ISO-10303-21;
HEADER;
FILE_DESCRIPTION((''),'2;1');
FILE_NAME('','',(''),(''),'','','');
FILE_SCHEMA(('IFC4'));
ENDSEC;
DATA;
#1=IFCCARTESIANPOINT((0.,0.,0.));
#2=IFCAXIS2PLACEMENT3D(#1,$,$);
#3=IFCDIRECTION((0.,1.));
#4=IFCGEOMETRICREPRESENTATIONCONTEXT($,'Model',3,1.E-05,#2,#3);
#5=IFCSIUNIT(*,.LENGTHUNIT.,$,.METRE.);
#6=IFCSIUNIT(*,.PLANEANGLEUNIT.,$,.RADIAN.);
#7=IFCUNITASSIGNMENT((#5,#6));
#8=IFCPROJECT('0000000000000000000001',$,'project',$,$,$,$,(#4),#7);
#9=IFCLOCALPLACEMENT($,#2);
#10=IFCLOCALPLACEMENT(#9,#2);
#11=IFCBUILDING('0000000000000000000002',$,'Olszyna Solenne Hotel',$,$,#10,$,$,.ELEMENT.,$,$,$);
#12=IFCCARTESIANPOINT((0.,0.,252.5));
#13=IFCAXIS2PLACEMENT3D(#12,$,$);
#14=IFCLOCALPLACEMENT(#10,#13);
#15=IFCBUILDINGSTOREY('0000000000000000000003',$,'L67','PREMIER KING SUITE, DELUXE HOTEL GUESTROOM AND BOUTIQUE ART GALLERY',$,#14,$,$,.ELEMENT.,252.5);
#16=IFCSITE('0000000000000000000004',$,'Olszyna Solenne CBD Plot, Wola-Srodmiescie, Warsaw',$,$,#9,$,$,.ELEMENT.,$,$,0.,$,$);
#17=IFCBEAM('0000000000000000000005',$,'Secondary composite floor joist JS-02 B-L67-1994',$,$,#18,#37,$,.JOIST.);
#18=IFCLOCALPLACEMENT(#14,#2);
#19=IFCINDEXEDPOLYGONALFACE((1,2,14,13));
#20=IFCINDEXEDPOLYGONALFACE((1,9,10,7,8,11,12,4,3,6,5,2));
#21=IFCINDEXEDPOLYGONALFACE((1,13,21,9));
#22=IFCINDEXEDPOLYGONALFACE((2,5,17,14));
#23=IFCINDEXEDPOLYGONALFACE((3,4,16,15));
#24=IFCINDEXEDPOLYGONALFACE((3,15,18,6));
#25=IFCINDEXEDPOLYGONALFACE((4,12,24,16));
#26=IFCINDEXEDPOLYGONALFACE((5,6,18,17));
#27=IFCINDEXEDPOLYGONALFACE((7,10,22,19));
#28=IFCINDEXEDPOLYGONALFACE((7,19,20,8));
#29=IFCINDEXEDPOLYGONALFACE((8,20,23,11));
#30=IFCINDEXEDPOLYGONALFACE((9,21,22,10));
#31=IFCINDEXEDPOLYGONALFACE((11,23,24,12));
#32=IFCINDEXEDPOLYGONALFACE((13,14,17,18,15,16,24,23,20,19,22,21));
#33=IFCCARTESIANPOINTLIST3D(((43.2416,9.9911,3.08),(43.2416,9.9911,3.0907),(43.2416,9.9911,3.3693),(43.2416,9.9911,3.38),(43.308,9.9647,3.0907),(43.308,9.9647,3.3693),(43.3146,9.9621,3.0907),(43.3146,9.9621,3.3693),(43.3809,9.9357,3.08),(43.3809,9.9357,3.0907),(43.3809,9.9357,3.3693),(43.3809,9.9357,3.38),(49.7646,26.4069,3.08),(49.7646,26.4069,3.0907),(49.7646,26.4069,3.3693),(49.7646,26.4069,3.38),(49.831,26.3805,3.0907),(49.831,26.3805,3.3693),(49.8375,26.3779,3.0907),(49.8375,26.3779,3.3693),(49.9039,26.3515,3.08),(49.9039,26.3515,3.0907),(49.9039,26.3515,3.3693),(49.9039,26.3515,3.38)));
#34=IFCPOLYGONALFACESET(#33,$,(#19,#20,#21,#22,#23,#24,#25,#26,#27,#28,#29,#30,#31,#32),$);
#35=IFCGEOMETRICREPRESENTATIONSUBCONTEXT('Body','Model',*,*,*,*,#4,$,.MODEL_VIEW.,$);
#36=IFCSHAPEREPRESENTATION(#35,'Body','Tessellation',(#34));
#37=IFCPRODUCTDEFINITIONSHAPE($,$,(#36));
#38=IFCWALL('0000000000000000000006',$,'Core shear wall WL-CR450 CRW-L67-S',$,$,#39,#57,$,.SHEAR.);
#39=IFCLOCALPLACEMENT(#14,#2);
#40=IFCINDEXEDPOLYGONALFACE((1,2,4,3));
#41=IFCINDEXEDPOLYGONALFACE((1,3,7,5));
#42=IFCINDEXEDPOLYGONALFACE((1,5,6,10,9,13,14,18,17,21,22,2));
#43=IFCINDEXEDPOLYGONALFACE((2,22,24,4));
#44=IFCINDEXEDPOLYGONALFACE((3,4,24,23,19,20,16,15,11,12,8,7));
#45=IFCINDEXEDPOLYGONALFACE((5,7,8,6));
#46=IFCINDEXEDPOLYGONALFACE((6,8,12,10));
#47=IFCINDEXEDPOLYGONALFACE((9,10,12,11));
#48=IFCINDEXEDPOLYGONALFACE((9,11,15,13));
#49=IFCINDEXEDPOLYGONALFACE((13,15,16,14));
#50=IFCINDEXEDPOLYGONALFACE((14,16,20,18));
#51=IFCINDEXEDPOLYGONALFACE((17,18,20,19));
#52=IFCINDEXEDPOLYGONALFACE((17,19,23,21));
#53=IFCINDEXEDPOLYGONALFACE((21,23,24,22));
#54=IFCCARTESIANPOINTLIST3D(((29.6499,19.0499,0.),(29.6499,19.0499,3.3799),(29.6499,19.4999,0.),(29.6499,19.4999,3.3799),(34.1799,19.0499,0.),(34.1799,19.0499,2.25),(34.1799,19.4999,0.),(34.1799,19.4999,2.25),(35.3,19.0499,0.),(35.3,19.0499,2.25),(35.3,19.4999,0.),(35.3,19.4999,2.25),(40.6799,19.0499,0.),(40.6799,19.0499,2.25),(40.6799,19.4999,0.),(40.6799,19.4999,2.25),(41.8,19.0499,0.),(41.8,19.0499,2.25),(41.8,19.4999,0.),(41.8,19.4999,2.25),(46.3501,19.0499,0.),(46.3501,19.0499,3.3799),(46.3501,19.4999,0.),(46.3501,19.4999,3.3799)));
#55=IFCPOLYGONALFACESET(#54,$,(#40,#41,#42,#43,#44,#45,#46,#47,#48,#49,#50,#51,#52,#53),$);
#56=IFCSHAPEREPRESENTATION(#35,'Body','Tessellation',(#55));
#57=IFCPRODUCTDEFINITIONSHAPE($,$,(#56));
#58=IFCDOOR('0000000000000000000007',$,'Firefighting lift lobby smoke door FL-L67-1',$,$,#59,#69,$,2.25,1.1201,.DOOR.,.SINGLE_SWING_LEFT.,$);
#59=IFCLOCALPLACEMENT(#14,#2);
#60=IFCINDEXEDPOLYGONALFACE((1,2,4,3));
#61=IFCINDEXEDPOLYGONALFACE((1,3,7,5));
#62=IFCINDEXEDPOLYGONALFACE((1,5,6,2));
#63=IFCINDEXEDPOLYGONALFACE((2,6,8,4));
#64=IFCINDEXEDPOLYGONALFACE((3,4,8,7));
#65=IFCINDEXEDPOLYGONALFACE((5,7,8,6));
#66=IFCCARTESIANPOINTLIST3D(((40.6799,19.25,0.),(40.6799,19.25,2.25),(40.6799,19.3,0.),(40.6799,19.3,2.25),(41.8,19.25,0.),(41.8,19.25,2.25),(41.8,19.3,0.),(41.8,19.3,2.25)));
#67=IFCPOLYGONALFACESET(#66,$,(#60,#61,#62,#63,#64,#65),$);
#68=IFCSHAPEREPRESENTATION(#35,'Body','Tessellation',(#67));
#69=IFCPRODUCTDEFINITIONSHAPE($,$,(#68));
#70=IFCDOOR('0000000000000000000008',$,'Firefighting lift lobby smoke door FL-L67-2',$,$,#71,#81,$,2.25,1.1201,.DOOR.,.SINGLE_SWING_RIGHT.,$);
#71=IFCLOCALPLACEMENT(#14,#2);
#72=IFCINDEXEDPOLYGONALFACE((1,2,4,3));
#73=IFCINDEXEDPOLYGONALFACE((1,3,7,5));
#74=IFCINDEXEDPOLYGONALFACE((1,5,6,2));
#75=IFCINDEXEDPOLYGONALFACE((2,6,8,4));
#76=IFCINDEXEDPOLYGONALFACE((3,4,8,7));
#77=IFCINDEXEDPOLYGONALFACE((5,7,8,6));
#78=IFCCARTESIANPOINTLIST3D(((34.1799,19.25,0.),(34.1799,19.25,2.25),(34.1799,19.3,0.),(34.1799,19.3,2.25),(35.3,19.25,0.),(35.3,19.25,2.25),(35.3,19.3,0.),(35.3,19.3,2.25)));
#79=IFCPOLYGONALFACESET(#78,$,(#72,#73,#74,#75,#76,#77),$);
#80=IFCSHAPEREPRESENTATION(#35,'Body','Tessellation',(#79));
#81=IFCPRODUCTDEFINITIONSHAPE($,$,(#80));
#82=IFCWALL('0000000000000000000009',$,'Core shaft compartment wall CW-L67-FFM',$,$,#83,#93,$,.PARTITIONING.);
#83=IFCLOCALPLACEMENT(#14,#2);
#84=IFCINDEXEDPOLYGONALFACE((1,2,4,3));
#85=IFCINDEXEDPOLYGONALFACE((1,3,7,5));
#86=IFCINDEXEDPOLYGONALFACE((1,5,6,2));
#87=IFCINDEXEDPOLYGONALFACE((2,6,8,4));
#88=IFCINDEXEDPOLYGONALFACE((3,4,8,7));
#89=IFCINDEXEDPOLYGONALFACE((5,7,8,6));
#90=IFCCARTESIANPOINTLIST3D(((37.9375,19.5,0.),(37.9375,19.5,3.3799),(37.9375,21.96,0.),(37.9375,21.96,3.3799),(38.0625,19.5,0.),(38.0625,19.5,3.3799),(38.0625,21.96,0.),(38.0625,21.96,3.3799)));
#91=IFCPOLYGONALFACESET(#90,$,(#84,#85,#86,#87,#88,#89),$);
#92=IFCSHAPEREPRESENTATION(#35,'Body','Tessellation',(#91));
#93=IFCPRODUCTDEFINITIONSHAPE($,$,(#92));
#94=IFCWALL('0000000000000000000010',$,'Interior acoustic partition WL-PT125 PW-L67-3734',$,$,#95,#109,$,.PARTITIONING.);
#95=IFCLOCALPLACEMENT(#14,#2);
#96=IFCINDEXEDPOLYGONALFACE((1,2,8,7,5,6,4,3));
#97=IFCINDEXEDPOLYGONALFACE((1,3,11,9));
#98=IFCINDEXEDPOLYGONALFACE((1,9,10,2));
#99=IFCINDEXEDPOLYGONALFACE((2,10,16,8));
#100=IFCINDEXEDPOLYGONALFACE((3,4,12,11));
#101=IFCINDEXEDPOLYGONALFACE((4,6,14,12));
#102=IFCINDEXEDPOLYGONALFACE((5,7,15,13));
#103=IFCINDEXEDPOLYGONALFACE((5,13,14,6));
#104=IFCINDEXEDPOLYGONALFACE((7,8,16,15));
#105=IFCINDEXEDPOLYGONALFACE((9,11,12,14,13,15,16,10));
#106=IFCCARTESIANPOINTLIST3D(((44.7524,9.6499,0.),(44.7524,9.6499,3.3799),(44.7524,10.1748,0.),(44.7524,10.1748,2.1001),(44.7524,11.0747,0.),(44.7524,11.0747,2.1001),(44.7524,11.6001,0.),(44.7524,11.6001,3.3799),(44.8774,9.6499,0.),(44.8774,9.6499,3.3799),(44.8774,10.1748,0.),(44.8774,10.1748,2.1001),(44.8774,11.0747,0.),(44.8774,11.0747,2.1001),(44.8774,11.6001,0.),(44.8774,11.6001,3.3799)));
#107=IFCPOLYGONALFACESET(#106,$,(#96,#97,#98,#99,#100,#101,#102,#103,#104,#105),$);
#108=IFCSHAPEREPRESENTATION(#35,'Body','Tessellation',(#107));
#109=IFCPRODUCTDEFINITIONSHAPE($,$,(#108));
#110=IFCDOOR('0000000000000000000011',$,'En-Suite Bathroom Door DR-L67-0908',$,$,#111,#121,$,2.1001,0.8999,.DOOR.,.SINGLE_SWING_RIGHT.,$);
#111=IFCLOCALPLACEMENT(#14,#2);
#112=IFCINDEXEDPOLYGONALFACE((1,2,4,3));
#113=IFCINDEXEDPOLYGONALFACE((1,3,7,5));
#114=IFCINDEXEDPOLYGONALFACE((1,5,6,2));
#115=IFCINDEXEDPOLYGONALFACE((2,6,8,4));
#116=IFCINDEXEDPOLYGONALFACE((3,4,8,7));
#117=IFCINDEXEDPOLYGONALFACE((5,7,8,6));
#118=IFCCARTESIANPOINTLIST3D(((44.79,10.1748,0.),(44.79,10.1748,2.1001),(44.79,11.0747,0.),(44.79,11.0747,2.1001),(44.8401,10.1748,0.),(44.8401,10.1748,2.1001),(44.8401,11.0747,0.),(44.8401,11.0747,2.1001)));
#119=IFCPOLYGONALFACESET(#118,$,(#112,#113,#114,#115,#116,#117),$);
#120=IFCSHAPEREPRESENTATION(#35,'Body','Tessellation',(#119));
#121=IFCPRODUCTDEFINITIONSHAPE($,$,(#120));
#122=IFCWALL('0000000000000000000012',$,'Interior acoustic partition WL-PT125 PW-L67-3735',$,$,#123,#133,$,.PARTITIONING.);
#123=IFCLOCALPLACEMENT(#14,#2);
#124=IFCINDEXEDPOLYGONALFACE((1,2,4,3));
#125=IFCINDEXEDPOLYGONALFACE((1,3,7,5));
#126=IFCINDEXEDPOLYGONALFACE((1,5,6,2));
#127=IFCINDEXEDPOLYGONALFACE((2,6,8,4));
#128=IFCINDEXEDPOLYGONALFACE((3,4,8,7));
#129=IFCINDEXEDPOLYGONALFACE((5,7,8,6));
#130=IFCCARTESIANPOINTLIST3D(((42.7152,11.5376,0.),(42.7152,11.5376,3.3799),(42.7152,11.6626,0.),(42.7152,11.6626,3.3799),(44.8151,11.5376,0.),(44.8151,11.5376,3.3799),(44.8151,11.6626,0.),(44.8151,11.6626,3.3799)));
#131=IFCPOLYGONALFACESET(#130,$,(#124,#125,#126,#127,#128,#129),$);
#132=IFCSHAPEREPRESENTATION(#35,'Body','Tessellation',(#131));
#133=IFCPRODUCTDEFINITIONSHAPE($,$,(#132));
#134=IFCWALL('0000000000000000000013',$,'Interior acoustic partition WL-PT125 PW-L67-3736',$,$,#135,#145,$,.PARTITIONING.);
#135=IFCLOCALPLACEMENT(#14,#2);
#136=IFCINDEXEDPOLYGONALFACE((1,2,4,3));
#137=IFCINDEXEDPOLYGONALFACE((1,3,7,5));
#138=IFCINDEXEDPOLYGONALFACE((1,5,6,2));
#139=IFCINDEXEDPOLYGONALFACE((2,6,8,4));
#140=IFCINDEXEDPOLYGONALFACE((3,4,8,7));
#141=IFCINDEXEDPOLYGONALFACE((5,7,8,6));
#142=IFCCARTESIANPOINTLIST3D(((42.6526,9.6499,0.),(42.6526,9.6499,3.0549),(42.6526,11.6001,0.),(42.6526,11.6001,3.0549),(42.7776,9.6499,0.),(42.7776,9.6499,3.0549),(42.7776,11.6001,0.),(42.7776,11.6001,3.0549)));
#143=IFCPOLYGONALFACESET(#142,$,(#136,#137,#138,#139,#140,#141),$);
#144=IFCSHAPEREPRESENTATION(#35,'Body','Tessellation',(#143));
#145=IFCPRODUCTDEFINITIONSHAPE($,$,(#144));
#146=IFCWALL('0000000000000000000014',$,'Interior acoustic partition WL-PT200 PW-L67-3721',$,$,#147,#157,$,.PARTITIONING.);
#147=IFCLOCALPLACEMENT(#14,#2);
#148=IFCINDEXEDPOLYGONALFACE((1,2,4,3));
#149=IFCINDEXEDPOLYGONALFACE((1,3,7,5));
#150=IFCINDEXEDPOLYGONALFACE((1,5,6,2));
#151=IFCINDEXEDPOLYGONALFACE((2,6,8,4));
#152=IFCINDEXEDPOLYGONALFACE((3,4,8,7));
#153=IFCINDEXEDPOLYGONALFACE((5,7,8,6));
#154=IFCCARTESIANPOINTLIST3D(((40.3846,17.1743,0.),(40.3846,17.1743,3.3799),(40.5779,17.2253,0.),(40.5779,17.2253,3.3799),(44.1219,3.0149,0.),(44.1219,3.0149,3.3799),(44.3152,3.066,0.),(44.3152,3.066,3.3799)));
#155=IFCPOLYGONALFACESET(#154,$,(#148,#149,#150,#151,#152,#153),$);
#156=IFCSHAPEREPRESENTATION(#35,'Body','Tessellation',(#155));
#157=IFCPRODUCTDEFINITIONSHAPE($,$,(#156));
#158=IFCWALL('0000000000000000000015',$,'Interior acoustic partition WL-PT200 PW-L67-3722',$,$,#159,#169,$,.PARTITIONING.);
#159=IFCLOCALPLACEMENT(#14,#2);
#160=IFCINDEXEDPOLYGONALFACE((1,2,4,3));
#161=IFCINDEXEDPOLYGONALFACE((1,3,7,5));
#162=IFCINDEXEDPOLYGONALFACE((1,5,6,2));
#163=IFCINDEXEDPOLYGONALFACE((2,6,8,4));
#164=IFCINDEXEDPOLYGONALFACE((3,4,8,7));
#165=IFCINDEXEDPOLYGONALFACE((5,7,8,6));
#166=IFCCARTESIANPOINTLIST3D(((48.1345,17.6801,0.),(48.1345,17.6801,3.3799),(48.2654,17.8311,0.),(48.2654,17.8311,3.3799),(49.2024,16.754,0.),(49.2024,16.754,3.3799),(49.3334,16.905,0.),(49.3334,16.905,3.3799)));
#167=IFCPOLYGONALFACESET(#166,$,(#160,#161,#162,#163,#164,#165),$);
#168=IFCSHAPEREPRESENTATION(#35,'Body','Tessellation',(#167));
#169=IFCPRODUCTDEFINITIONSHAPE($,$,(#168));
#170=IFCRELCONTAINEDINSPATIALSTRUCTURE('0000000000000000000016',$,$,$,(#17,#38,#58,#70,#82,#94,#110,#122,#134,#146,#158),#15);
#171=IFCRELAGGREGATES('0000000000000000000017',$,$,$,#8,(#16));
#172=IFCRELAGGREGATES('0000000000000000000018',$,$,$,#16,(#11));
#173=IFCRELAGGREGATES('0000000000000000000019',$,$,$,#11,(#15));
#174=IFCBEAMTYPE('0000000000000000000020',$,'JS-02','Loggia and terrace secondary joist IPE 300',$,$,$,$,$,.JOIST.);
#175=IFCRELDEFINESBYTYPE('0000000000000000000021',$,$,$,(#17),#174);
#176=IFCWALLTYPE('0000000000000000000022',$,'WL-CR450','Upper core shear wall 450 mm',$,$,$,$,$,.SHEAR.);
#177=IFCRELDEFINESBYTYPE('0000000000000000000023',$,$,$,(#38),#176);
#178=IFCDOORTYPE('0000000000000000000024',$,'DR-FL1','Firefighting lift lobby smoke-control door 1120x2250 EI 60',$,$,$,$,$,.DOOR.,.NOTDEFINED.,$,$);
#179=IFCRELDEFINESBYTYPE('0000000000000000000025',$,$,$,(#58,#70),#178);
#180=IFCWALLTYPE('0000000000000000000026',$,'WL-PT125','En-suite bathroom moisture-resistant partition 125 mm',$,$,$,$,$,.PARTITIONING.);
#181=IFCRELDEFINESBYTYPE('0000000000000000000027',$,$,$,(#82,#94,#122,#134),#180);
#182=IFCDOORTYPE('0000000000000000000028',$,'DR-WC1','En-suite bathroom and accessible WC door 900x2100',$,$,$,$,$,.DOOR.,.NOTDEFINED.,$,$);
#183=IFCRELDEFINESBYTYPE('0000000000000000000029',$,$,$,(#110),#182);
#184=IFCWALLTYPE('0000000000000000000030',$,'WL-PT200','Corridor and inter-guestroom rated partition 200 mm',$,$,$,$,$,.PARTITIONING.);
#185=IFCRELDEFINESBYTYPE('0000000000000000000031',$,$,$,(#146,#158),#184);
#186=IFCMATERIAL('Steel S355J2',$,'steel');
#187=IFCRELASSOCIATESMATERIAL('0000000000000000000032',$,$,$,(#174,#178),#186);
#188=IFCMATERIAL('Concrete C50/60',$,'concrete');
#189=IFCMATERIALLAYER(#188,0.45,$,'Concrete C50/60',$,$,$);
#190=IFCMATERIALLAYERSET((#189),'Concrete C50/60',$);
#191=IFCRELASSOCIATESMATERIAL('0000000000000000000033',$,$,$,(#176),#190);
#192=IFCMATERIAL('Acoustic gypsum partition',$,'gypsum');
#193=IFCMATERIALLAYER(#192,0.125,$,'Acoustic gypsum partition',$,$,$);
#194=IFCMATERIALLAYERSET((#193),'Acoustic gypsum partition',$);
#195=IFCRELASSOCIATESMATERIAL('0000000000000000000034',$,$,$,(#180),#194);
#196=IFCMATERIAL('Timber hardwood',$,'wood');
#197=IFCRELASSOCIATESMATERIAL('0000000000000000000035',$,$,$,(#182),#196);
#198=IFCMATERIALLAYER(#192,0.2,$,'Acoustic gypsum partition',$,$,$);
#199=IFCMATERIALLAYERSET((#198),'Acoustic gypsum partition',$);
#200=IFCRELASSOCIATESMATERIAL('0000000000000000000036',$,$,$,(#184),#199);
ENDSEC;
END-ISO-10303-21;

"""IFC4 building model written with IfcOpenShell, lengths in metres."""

from ifc_helpers import new_model, si_unit, direction, frame, frame_2d, origin, origin_2d, place, context, subcontext, project, spatial, rectangle, i_section, extrude, source, transform, mapped, material, layer, layer_set, material_profile, profile_set, type_object, type_shapes, element, fill, save


model = new_model("IFC4")

# Units and contexts
model_context = context("Model", 3, precision=1e-05, world=origin(), true_north=direction((0.0, 1.0)))
body_context = subcontext(model_context, "Body", "Model", "MODEL_VIEW")
ifc_project = project(units=[si_unit("LENGTHUNIT", "METRE"), si_unit("PLANEANGLEUNIT", "RADIAN")], contexts=[model_context])

# Site, building, storey
site_placement = place(None, origin())
site = spatial("IfcSite", under=ifc_project, at=site_placement, Name="Olszyna Solenne CBD Plot, Wola-Srodmiescie, Warsaw", CompositionType="ELEMENT", RefElevation=0.0)
building_placement = place(site_placement, origin())
building = spatial("IfcBuilding", under=site, at=building_placement, Name="Olszyna Solenne Hotel", CompositionType="ELEMENT")
storey_placement = place(building_placement, frame((0.0, 0.0, 252.5)))
storey = spatial("IfcBuildingStorey", under=building, at=storey_placement, Name="L67", Description="PREMIER KING SUITE, DELUXE HOTEL GUESTROOM AND BOUTIQUE ART GALLERY", CompositionType="ELEMENT", Elevation=252.5)

# Beam
ifc_material_1 = material(Name="Steel S355J2", Category="steel")
ifc_material_profile = material_profile(ifc_material_1, i_section(OverallWidth=0.1499, OverallDepth=0.3, WebThickness=0.0071, FlangeThickness=0.0107, at=origin_2d()), Name="IPE 300", Category="load-bearing")
ifc_profile_set = profile_set([ifc_material_profile], Name="Steel S355J2")
beam_type = type_object("IfcBeamType", Name="JS-02", Description="Loggia and terrace secondary joist IPE 300", PredefinedType="JOIST", material=ifc_profile_set)
shared_shape_1 = source(origin(), body_context, "Body", "SweptSolid", [
    extrude(i_section(OverallWidth=0.1499, OverallDepth=0.3, WebThickness=0.0071, FlangeThickness=0.0107, at=origin_2d()), origin(), (0.0, 0.0, 1.0), 17.6643),
])
beam_placement = place(storey_placement, frame((43.3113, 9.9634, 3.23), z_axis=(0.369274, 0.929321, 0.0), x_axis=(-0.929321, 0.369274, 0.0)))
element("IfcBeam", 1, at=beam_placement, inside=storey, type_object=beam_type, Name="Secondary composite floor joist JS-02 B-L67-1994", PredefinedType="JOIST", context=body_context, shape_type="MappedRepresentation", body=[
    mapped(shared_shape_1, transform((0.0, 0.0, 0.0), x_axis=(1.0, 0.0, 0.0), y_axis=(0.0, 1.0, 0.0), z_axis=(0.0, 0.0, 1.0), scale=1.0)),
])

# Wall, openings, doors
ifc_material_2 = material(Name="Concrete C50/60", Category="concrete")
ifc_layer_1 = layer(ifc_material_2, 0.45, Name="Concrete C50/60")
ifc_layer_set_1 = layer_set([ifc_layer_1], Name="Concrete C50/60")
wall_type_1 = type_object("IfcWallType", Name="WL-CR450", Description="Upper core shear wall 450 mm", PredefinedType="SHEAR", material=ifc_layer_set_1)
wall_1_placement = place(storey_placement, frame((46.3501, 19.2749, 0.0), z_axis=(0.0, 0.0, 1.0), x_axis=(-1.0, 0.0, 0.0)))
wall_1 = element("IfcWall", 2, at=wall_1_placement, inside=storey, type_object=wall_type_1, Name="Core shear wall WL-CR450 CRW-L67-S", PredefinedType="SHEAR", context=body_context, shape_type="SweptSolid", body=[
    extrude(rectangle(XDim=16.7002, YDim=0.45, at=frame_2d((8.3501, 0.0))), origin(), (0.0, 0.0, 1.0), 3.3799),
])
opening_1_placement = place(wall_1_placement, frame((4.55, 0.0, 0.0)))
opening_1 = element("IfcOpeningElement", 3, at=opening_1_placement, cuts=wall_1, PredefinedType="OPENING", context=body_context, shape_type="SweptSolid", body=[
    extrude(rectangle(XDim=1.1201, YDim=2.25, at=frame_2d((0.5601, 1.125))), frame((0.0, 0.2349, 0.0), z_axis=(0.0, -1.0, 0.0), x_axis=(1.0, 0.0, 0.0)), (0.0, 0.0, 1.0), 0.47),
])
opening_2_placement = place(wall_1_placement, frame((11.05, 0.0, 0.0)))
opening_2 = element("IfcOpeningElement", 4, at=opening_2_placement, cuts=wall_1, PredefinedType="OPENING", context=body_context, shape_type="SweptSolid", body=[
    extrude(rectangle(XDim=1.1201, YDim=2.25, at=frame_2d((0.5601, 1.125))), frame((0.0, 0.2349, 0.0), z_axis=(0.0, -1.0, 0.0), x_axis=(1.0, 0.0, 0.0)), (0.0, 0.0, 1.0), 0.47),
])
door_type_1 = type_object("IfcDoorType", Name="DR-FL1", Description="Firefighting lift lobby smoke-control door 1120x2250 EI 60", OperationType="NOTDEFINED", PredefinedType="DOOR", material=ifc_material_1)
shared_shape_2 = source(origin(), body_context, "Body", "SweptSolid", [
    extrude(rectangle(XDim=1.1201, YDim=2.25, at=frame_2d((0.5601, 1.125))), frame((0.0, 0.0249, 0.0), z_axis=(0.0, -1.0, 0.0), x_axis=(1.0, 0.0, 0.0)), (0.0, 0.0, 1.0), 0.05),
])
type_shapes(door_type_1, [shared_shape_2])
door_1_placement = place(opening_1_placement, origin())
door_1 = element("IfcDoor", 5, at=door_1_placement, inside=storey, type_object=door_type_1, Name="Firefighting lift lobby smoke door FL-L67-1", OperationType="SINGLE_SWING_LEFT", OverallHeight=2.25, OverallWidth=1.1201, PredefinedType="DOOR", context=body_context, shape_type="MappedRepresentation", body=[
    mapped(shared_shape_2, transform((0.0, 0.0, 0.0), x_axis=(1.0, 0.0, 0.0), y_axis=(0.0, 1.0, 0.0), z_axis=(0.0, 0.0, 1.0), scale=1.0)),
])
fill(opening_1, door_1)
door_2_placement = place(opening_2_placement, origin())
door_2 = element("IfcDoor", 6, at=door_2_placement, inside=storey, type_object=door_type_1, Name="Firefighting lift lobby smoke door FL-L67-2", OperationType="SINGLE_SWING_RIGHT", OverallHeight=2.25, OverallWidth=1.1201, PredefinedType="DOOR", context=body_context, shape_type="MappedRepresentation", body=[
    mapped(shared_shape_2, transform((0.0, 0.0, 0.0), x_axis=(1.0, 0.0, 0.0), y_axis=(0.0, 1.0, 0.0), z_axis=(0.0, 0.0, 1.0), scale=1.0)),
])
fill(opening_2, door_2)

# Wall
ifc_material_3 = material(Name="Acoustic gypsum partition", Category="gypsum")
ifc_layer_2 = layer(ifc_material_3, 0.125, Name="Acoustic gypsum partition")
ifc_layer_set_2 = layer_set([ifc_layer_2], Name="Acoustic gypsum partition")
wall_type_2 = type_object("IfcWallType", Name="WL-PT125", Description="En-suite bathroom moisture-resistant partition 125 mm", PredefinedType="PARTITIONING", material=ifc_layer_set_2)
wall_2_placement = place(storey_placement, frame((38.0, 19.5, 0.0), z_axis=(0.0, 0.0, 1.0), x_axis=(0.0, 1.0, 0.0)))
element("IfcWall", 7, at=wall_2_placement, inside=storey, type_object=wall_type_2, Name="Core shaft compartment wall CW-L67-FFM", PredefinedType="PARTITIONING", context=body_context, shape_type="SweptSolid", body=[
    extrude(rectangle(XDim=2.46, YDim=0.125, at=frame_2d((1.23, 0.0))), origin(), (0.0, 0.0, 1.0), 3.3799),
])

# Wall, opening, door
wall_3_placement = place(storey_placement, frame((44.8149, 9.6499, 0.0), z_axis=(0.0, 0.0, 1.0), x_axis=(0.0, 1.0, 0.0)))
wall_3 = element("IfcWall", 8, at=wall_3_placement, inside=storey, type_object=wall_type_2, Name="Interior acoustic partition WL-PT125 PW-L67-3734", PredefinedType="PARTITIONING", context=body_context, shape_type="SweptSolid", body=[
    extrude(rectangle(XDim=1.9502, YDim=0.125, at=frame_2d((0.9751, 0.0))), origin(), (0.0, 0.0, 1.0), 3.3799),
])
opening_3_placement = place(wall_3_placement, frame((0.5249, 0.0, 0.0)))
opening_3 = element("IfcOpeningElement", 9, at=opening_3_placement, cuts=wall_3, PredefinedType="OPENING", context=body_context, shape_type="SweptSolid", body=[
    extrude(rectangle(XDim=0.8999, YDim=2.1001, at=frame_2d((0.45, 1.05))), frame((0.0, 0.0725, 0.0), z_axis=(0.0, -1.0, 0.0), x_axis=(1.0, 0.0, 0.0)), (0.0, 0.0, 1.0), 0.145),
])
ifc_material_4 = material(Name="Timber hardwood", Category="wood")
door_type_2 = type_object("IfcDoorType", Name="DR-WC1", Description="En-suite bathroom and accessible WC door 900x2100", OperationType="NOTDEFINED", PredefinedType="DOOR", material=ifc_material_4)
shared_shape_3 = source(origin(), body_context, "Body", "SweptSolid", [
    extrude(rectangle(XDim=0.8999, YDim=2.1001, at=frame_2d((0.45, 1.05))), frame((0.0, 0.0249, 0.0), z_axis=(0.0, -1.0, 0.0), x_axis=(1.0, 0.0, 0.0)), (0.0, 0.0, 1.0), 0.05),
])
type_shapes(door_type_2, [shared_shape_3])
door_3_placement = place(opening_3_placement, origin())
door_3 = element("IfcDoor", 10, at=door_3_placement, inside=storey, type_object=door_type_2, Name="En-Suite Bathroom Door DR-L67-0908", OperationType="SINGLE_SWING_RIGHT", OverallHeight=2.1001, OverallWidth=0.8999, PredefinedType="DOOR", context=body_context, shape_type="MappedRepresentation", body=[
    mapped(shared_shape_3, transform((0.0, 0.0, 0.0), x_axis=(1.0, 0.0, 0.0), y_axis=(0.0, 1.0, 0.0), z_axis=(0.0, 0.0, 1.0), scale=1.0)),
])
fill(opening_3, door_3)

# Walls
wall_4_placement = place(storey_placement, frame((44.8149, 11.6001, 0.0), z_axis=(0.0, 0.0, 1.0), x_axis=(-1.0, 0.0, 0.0)))
element("IfcWall", 11, at=wall_4_placement, inside=storey, type_object=wall_type_2, Name="Interior acoustic partition WL-PT125 PW-L67-3735", PredefinedType="PARTITIONING", context=body_context, shape_type="SweptSolid", body=[
    extrude(rectangle(XDim=2.0999, YDim=0.125, at=frame_2d((1.0498, 0.0))), origin(), (0.0, 0.0, 1.0), 3.3799),
])
wall_5_placement = place(storey_placement, frame((42.7151, 11.6001, 0.0), z_axis=(0.0, 0.0, 1.0), x_axis=(0.0, -1.0, 0.0)))
element("IfcWall", 12, at=wall_5_placement, inside=storey, type_object=wall_type_2, Name="Interior acoustic partition WL-PT125 PW-L67-3736", PredefinedType="PARTITIONING", context=body_context, shape_type="SweptSolid", body=[
    extrude(rectangle(XDim=1.9502, YDim=0.125, at=frame_2d((0.9751, 0.0))), origin(), (0.0, 0.0, 1.0), 3.0549),
])
ifc_layer_3 = layer(ifc_material_3, 0.2, Name="Acoustic gypsum partition")
ifc_layer_set_3 = layer_set([ifc_layer_3], Name="Acoustic gypsum partition")
wall_type_3 = type_object("IfcWallType", Name="WL-PT200", Description="Corridor and inter-guestroom rated partition 200 mm", PredefinedType="PARTITIONING", material=ifc_layer_set_3)
wall_6_placement = place(storey_placement, frame((40.4812, 17.2, 0.0), z_axis=(0.0, 0.0, 1.0), x_axis=(0.255205, -0.966887, 0.0)))
element("IfcWall", 13, at=wall_6_placement, inside=storey, type_object=wall_type_3, Name="Interior acoustic partition WL-PT200 PW-L67-3721", PredefinedType="PARTITIONING", context=body_context, shape_type="SweptSolid", body=[
    extrude(rectangle(XDim=14.6443, YDim=0.2, at=frame_2d((7.3223, 0.0))), origin(), (0.0, 0.0, 1.0), 3.3799),
])
wall_7_placement = place(storey_placement, frame((48.2, 17.7556, 0.0), z_axis=(0.0, 0.0, 1.0), x_axis=(0.755501, -0.655148, 0.0)))
element("IfcWall", 14, at=wall_7_placement, inside=storey, type_object=wall_type_3, Name="Interior acoustic partition WL-PT200 PW-L67-3722", PredefinedType="PARTITIONING", context=body_context, shape_type="SweptSolid", body=[
    extrude(rectangle(XDim=1.4136, YDim=0.2, at=frame_2d((0.7068, 0.0))), origin(), (0.0, 0.0, 1.0), 3.3799),
])

save(model, "model.ifc")
